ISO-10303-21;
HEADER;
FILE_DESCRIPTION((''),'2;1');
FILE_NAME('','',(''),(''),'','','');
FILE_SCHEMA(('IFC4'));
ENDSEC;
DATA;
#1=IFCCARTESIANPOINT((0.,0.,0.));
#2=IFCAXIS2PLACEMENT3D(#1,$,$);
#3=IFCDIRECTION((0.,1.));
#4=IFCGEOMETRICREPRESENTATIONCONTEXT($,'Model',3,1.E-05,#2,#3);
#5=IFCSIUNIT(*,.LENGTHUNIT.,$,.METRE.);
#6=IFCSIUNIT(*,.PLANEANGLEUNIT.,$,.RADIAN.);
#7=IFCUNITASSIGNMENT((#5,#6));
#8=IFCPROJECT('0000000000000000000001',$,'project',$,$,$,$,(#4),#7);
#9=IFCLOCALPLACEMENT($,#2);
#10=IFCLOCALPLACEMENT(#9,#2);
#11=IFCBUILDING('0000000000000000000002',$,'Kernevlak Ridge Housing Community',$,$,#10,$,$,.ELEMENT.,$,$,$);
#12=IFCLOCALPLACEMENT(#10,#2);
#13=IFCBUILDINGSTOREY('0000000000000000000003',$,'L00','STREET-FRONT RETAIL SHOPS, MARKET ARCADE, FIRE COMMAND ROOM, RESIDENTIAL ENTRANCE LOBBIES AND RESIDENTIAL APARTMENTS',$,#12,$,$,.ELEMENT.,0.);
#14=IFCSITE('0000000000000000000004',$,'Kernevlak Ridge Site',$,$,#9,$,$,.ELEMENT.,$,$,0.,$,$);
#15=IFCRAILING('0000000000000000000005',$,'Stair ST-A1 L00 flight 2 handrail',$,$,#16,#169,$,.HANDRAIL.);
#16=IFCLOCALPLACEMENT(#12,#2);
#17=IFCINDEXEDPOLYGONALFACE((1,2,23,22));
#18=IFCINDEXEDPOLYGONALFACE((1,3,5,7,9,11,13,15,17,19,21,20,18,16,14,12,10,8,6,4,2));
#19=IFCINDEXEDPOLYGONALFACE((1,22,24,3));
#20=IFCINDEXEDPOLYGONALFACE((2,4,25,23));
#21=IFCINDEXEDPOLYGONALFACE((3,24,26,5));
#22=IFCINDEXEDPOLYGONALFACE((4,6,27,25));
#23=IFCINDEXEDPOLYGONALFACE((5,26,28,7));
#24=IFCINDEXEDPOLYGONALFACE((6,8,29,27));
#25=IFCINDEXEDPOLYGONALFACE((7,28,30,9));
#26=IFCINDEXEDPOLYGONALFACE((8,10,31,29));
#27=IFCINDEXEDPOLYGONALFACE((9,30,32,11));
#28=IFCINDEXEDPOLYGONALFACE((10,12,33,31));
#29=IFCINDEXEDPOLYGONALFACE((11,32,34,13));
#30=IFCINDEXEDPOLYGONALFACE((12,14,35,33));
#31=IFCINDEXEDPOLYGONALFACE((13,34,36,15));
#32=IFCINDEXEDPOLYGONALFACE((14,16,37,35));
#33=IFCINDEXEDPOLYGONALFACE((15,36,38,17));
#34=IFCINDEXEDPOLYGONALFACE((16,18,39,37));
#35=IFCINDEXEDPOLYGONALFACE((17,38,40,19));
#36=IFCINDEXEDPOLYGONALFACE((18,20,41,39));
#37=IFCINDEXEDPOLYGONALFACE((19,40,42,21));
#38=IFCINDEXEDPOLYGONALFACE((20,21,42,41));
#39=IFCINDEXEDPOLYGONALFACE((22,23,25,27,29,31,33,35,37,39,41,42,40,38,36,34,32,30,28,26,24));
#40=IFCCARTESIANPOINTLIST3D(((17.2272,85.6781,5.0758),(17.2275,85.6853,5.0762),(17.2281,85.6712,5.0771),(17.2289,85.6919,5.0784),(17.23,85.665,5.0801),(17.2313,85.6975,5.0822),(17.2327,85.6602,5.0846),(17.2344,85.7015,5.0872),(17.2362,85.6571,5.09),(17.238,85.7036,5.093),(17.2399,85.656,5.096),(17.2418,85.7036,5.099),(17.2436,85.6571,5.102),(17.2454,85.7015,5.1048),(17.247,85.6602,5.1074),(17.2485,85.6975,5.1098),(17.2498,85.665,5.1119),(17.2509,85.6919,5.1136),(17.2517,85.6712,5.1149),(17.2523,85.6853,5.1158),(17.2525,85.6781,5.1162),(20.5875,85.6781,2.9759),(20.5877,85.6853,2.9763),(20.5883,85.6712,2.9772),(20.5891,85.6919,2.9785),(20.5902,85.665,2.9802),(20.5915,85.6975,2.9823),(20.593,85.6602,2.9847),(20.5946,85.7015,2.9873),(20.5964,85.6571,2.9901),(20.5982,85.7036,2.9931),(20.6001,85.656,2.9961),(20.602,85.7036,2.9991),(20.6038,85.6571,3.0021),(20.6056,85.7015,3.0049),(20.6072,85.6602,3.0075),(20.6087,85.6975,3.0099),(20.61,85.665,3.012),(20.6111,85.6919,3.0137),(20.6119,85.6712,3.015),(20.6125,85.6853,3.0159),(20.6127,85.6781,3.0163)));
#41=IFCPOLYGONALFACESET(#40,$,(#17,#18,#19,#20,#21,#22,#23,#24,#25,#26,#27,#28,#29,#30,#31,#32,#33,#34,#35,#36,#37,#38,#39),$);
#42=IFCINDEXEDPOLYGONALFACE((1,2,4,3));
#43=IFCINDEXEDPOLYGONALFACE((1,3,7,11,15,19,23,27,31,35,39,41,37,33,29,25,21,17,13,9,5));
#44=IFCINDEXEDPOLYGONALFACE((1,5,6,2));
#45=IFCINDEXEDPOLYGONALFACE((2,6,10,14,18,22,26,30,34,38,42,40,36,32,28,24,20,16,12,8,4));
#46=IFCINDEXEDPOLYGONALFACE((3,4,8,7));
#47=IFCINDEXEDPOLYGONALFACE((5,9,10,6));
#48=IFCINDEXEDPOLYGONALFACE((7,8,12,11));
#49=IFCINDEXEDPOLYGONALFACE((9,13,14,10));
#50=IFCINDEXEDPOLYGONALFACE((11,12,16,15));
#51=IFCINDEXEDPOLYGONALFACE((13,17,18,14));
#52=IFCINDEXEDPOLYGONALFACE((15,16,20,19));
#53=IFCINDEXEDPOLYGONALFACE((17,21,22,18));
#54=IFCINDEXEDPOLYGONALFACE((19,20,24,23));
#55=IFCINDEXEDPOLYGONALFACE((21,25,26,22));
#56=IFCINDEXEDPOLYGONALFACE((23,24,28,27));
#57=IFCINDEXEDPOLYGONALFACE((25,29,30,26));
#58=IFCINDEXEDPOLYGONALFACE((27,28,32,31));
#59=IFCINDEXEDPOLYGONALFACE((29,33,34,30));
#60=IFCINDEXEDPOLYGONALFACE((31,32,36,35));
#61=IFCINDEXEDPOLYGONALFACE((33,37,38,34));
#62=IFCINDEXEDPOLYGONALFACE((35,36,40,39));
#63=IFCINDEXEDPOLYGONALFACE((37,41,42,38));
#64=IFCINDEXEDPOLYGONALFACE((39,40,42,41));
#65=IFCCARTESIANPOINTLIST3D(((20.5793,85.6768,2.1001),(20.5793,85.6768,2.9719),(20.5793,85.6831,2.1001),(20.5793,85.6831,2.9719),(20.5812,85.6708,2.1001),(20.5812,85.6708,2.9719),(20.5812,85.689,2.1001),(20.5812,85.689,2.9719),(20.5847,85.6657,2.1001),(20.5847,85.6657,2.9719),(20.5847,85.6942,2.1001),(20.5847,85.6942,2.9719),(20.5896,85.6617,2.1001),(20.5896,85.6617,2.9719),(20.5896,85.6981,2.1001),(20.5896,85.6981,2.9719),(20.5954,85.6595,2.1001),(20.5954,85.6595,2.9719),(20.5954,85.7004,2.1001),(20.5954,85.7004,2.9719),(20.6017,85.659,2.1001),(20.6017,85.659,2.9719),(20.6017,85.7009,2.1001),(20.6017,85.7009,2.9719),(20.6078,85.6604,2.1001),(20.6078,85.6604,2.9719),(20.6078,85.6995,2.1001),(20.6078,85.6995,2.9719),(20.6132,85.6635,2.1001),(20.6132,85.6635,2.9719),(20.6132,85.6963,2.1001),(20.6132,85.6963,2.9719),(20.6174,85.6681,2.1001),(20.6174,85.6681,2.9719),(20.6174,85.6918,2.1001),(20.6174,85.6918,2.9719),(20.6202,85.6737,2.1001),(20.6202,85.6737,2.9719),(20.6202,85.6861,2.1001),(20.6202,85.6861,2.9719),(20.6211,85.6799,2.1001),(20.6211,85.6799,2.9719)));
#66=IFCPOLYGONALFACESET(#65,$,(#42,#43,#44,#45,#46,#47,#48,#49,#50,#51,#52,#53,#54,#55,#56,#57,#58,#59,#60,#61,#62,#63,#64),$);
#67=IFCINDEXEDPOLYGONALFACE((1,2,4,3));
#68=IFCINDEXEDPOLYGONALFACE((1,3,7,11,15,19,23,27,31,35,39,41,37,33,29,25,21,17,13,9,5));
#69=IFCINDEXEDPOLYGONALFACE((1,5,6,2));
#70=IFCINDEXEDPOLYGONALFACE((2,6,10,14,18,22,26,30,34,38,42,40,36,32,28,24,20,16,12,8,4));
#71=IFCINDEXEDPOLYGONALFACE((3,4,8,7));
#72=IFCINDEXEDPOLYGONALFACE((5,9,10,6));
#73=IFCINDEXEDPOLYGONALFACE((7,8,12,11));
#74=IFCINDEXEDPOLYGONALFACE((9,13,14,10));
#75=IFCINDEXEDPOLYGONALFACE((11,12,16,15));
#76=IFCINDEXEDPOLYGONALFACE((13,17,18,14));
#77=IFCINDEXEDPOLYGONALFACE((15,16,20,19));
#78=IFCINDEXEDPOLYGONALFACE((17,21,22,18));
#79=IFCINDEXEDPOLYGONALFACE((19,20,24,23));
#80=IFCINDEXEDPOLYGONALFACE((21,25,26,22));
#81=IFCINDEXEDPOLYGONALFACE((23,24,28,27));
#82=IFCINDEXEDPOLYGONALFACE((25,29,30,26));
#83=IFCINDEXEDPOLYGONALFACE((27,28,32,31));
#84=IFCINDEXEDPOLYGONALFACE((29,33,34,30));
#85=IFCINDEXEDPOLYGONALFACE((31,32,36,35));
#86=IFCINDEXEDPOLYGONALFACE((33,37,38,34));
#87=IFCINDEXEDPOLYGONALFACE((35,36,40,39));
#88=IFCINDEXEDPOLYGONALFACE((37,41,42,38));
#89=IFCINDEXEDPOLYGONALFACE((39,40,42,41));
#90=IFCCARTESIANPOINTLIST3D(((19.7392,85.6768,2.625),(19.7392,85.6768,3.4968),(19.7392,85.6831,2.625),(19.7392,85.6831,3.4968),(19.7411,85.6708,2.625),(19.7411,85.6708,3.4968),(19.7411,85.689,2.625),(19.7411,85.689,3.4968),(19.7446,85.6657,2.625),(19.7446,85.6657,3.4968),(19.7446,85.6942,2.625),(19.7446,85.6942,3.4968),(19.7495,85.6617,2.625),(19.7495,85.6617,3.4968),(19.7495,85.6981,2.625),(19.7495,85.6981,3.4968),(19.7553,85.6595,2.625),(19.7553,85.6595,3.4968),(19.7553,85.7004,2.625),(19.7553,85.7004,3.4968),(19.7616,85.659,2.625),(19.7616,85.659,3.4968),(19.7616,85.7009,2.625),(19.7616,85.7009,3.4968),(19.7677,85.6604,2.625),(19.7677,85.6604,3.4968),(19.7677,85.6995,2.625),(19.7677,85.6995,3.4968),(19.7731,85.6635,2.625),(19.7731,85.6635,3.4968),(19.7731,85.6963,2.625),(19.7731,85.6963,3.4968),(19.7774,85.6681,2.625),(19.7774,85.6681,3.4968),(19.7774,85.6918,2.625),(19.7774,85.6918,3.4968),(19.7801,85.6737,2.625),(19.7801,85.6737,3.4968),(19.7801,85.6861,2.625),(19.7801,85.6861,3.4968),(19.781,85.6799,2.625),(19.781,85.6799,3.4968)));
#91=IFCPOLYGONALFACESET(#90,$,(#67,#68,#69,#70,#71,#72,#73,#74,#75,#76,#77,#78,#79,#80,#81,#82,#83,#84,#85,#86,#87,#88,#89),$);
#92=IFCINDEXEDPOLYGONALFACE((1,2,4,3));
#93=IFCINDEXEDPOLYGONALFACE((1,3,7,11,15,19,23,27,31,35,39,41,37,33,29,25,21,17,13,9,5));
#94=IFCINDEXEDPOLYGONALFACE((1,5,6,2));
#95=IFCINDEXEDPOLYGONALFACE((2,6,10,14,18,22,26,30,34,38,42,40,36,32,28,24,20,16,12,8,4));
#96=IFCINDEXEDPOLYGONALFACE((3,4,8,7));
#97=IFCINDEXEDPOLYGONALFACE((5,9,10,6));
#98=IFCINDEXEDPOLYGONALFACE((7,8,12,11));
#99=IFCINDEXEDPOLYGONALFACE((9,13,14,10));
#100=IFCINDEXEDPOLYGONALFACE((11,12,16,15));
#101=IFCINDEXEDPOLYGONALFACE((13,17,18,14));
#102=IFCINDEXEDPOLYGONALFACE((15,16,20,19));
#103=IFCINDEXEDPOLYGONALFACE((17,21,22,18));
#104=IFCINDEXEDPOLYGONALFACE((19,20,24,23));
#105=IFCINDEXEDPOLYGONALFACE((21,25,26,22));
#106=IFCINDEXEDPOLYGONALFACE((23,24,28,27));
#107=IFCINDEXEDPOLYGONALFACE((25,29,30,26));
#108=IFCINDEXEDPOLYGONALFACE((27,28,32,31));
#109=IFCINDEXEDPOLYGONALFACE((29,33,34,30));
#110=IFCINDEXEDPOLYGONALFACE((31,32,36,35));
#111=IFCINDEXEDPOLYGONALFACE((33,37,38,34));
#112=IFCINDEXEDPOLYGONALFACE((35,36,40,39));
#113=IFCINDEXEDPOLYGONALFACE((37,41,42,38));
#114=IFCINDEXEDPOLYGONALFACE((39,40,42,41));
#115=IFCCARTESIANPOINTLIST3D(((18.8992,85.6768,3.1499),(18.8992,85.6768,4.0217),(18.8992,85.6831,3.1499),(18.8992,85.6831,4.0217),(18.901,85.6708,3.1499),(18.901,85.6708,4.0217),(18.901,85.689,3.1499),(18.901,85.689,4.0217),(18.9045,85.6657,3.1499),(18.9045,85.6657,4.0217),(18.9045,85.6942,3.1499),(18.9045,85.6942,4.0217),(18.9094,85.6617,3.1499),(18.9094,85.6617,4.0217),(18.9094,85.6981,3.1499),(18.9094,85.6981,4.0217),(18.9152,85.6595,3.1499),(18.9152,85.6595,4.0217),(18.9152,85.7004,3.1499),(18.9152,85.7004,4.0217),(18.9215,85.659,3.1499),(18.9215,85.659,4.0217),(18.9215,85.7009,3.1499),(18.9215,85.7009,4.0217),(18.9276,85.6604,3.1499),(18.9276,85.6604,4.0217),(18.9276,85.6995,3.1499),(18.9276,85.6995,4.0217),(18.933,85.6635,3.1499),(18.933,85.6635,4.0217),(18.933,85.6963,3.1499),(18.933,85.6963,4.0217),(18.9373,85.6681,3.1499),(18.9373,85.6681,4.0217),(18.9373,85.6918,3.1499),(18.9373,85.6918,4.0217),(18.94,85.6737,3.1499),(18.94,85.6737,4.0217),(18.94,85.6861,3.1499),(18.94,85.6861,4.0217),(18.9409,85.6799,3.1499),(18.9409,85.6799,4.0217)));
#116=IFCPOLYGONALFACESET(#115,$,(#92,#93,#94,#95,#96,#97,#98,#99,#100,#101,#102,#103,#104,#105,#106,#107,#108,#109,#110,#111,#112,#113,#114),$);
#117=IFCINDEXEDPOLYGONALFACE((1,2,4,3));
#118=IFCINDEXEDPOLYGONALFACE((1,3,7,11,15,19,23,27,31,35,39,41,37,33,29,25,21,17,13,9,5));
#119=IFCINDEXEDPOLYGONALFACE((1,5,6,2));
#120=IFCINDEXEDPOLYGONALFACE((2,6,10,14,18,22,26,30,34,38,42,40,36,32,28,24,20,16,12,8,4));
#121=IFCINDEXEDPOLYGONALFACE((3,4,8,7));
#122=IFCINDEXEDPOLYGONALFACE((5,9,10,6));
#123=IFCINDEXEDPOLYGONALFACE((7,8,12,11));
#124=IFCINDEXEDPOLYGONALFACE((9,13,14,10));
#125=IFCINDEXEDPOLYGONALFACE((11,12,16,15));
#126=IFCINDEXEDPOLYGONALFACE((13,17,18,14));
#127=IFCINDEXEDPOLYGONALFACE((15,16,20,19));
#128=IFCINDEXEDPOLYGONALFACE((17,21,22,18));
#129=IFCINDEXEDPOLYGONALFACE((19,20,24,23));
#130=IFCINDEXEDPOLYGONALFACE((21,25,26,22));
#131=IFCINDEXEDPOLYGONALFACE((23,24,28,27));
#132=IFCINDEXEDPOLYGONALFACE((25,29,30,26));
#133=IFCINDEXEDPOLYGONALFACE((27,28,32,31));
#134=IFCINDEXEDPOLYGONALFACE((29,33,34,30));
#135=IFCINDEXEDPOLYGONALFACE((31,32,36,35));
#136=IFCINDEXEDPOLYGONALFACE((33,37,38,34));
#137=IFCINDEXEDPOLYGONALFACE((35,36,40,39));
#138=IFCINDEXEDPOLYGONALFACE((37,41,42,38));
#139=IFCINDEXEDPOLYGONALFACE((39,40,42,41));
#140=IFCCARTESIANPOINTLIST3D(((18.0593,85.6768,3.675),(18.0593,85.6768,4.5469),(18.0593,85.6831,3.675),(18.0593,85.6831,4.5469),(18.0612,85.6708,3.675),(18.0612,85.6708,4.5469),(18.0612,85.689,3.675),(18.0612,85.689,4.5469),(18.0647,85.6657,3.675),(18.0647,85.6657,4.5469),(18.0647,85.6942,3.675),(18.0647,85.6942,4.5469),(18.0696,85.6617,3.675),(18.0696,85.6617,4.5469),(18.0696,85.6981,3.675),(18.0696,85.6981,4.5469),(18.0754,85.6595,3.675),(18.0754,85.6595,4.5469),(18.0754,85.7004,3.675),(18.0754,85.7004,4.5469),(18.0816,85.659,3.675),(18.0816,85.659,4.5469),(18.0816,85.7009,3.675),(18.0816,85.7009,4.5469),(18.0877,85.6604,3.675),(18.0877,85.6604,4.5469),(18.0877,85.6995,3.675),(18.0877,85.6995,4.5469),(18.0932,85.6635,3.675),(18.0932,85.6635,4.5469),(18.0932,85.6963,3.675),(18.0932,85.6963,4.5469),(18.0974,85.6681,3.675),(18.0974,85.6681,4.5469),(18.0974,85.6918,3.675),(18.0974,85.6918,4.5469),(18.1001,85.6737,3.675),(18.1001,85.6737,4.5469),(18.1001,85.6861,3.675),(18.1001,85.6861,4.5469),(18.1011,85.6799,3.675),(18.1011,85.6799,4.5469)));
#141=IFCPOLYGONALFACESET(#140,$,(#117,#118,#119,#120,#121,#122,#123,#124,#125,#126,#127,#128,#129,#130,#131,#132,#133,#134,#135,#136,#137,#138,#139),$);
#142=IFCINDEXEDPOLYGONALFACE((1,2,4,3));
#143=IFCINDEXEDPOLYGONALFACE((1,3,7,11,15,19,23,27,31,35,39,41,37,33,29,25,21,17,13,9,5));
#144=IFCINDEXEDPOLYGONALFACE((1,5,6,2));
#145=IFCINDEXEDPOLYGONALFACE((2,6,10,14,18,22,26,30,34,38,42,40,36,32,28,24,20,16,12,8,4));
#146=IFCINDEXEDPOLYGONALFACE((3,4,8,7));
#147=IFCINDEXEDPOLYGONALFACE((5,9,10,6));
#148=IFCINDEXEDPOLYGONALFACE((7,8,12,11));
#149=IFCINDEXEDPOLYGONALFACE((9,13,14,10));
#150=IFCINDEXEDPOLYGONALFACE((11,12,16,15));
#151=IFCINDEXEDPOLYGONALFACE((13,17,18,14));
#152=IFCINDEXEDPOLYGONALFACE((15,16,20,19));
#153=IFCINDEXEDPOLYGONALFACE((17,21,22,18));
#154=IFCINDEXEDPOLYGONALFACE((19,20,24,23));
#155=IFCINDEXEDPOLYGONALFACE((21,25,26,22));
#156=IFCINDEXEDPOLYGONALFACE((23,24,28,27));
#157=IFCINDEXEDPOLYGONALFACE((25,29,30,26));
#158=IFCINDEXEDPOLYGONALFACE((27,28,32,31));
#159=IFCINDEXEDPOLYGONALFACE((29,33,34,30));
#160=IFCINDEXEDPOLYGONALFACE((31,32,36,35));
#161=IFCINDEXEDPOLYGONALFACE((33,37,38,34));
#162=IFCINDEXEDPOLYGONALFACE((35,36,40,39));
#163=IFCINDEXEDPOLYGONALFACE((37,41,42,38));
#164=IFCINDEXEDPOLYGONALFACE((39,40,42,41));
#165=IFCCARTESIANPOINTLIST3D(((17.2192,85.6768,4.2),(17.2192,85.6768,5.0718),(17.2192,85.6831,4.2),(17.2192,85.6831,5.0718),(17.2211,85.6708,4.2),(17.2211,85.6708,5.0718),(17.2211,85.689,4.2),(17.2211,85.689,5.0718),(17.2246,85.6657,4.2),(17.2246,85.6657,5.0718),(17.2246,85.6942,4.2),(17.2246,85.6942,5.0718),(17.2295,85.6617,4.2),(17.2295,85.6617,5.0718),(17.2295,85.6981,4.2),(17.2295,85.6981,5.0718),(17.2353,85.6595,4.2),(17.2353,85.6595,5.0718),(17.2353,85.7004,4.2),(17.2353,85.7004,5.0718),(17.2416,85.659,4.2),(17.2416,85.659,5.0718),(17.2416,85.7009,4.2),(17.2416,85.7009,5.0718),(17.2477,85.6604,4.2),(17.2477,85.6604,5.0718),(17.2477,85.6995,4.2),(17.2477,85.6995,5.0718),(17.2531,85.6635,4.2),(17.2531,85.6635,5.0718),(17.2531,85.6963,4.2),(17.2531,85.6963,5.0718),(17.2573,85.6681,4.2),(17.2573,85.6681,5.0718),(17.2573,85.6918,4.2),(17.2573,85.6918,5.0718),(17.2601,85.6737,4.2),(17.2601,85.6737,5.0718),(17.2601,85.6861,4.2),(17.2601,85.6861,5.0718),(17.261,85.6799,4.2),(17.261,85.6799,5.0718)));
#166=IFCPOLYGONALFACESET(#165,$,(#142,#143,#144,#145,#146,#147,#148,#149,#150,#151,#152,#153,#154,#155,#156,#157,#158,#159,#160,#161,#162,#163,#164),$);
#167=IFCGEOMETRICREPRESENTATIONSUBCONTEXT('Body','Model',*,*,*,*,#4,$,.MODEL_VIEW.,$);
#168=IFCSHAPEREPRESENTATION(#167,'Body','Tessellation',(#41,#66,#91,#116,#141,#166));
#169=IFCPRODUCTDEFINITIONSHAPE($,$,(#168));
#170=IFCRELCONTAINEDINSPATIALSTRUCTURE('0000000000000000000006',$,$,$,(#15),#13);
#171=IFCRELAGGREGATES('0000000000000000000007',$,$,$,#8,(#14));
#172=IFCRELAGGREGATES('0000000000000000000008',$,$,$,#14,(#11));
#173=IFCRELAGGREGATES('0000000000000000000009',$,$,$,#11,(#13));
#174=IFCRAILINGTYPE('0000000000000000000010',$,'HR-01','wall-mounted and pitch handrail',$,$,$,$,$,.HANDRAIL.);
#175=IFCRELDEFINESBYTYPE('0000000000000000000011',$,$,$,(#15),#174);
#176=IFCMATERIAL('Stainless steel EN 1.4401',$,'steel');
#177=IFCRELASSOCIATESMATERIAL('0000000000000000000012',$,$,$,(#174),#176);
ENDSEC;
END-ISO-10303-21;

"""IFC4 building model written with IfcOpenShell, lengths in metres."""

from ifc_helpers import new_model, si_unit, direction, frame, origin, origin_2d, place, context, subcontext, project, spatial, circle, extrude, material, type_object, element, save


model = new_model("IFC4")

# Units and contexts
model_context = context("Model", 3, precision=1e-05, world=origin(), true_north=direction((0.0, 1.0)))
body_context = subcontext(model_context, "Body", "Model", "MODEL_VIEW")
ifc_project = project(units=[si_unit("LENGTHUNIT", "METRE"), si_unit("PLANEANGLEUNIT", "RADIAN")], contexts=[model_context])

# Site, building, storey
site_placement = place(None, origin())
site = spatial("IfcSite", under=ifc_project, at=site_placement, Name="Kernevlak Ridge Site", CompositionType="ELEMENT", RefElevation=0.0)
building_placement = place(site_placement, origin())
building = spatial("IfcBuilding", under=site, at=building_placement, Name="Kernevlak Ridge Housing Community", CompositionType="ELEMENT")
storey_placement = place(building_placement, origin())
storey = spatial("IfcBuildingStorey", under=building, at=storey_placement, Name="L00", Description="STREET-FRONT RETAIL SHOPS, MARKET ARCADE, FIRE COMMAND ROOM, RESIDENTIAL ENTRANCE LOBBIES AND RESIDENTIAL APARTMENTS", CompositionType="ELEMENT", Elevation=0.0)

# Shared definitions
ifc_material_1 = material(Name="Stainless steel EN 1.4401", Category="steel")

# Railing
railing_type_1 = type_object("IfcRailingType", Name="HR-01", Description="wall-mounted and pitch handrail", PredefinedType="HANDRAIL", material=ifc_material_1)
railing_1_placement = place(storey_placement, frame((20.6001, 85.6799, 2.1001)))
element("IfcRailing", 1, at=railing_1_placement, inside=storey, type_object=railing_type_1, Name="Stair ST-A1 L00 flight 2 handrail", PredefinedType="HANDRAIL", context=body_context, shape_type="SweptSolid", body=[
    extrude(circle(Radius=0.0239, at=origin_2d()), frame((0.0, 0.0, 0.896), z_axis=(-0.848023, 0.0, 0.52996), x_axis=(0.0, -1.0, 0.0)), (0.0, 0.0, 1.0), 3.9624),
    extrude(circle(Radius=0.021, at=origin_2d()), origin(), (0.0, 0.0, 1.0), 0.8718),
    extrude(circle(Radius=0.021, at=origin_2d()), frame((-0.8401, 0.0, 0.5249)), (0.0, 0.0, 1.0), 0.8718),
    extrude(circle(Radius=0.021, at=origin_2d()), frame((-1.6802, 0.0, 1.0498)), (0.0, 0.0, 1.0), 0.8718),
    extrude(circle(Radius=0.021, at=origin_2d()), frame((-2.52, 0.0, 1.575)), (0.0, 0.0, 1.0), 0.8718),
    extrude(circle(Radius=0.021, at=origin_2d()), frame((-3.3601, 0.0, 2.0999)), (0.0, 0.0, 1.0), 0.8718),
])

save(model, "model.ifc")
